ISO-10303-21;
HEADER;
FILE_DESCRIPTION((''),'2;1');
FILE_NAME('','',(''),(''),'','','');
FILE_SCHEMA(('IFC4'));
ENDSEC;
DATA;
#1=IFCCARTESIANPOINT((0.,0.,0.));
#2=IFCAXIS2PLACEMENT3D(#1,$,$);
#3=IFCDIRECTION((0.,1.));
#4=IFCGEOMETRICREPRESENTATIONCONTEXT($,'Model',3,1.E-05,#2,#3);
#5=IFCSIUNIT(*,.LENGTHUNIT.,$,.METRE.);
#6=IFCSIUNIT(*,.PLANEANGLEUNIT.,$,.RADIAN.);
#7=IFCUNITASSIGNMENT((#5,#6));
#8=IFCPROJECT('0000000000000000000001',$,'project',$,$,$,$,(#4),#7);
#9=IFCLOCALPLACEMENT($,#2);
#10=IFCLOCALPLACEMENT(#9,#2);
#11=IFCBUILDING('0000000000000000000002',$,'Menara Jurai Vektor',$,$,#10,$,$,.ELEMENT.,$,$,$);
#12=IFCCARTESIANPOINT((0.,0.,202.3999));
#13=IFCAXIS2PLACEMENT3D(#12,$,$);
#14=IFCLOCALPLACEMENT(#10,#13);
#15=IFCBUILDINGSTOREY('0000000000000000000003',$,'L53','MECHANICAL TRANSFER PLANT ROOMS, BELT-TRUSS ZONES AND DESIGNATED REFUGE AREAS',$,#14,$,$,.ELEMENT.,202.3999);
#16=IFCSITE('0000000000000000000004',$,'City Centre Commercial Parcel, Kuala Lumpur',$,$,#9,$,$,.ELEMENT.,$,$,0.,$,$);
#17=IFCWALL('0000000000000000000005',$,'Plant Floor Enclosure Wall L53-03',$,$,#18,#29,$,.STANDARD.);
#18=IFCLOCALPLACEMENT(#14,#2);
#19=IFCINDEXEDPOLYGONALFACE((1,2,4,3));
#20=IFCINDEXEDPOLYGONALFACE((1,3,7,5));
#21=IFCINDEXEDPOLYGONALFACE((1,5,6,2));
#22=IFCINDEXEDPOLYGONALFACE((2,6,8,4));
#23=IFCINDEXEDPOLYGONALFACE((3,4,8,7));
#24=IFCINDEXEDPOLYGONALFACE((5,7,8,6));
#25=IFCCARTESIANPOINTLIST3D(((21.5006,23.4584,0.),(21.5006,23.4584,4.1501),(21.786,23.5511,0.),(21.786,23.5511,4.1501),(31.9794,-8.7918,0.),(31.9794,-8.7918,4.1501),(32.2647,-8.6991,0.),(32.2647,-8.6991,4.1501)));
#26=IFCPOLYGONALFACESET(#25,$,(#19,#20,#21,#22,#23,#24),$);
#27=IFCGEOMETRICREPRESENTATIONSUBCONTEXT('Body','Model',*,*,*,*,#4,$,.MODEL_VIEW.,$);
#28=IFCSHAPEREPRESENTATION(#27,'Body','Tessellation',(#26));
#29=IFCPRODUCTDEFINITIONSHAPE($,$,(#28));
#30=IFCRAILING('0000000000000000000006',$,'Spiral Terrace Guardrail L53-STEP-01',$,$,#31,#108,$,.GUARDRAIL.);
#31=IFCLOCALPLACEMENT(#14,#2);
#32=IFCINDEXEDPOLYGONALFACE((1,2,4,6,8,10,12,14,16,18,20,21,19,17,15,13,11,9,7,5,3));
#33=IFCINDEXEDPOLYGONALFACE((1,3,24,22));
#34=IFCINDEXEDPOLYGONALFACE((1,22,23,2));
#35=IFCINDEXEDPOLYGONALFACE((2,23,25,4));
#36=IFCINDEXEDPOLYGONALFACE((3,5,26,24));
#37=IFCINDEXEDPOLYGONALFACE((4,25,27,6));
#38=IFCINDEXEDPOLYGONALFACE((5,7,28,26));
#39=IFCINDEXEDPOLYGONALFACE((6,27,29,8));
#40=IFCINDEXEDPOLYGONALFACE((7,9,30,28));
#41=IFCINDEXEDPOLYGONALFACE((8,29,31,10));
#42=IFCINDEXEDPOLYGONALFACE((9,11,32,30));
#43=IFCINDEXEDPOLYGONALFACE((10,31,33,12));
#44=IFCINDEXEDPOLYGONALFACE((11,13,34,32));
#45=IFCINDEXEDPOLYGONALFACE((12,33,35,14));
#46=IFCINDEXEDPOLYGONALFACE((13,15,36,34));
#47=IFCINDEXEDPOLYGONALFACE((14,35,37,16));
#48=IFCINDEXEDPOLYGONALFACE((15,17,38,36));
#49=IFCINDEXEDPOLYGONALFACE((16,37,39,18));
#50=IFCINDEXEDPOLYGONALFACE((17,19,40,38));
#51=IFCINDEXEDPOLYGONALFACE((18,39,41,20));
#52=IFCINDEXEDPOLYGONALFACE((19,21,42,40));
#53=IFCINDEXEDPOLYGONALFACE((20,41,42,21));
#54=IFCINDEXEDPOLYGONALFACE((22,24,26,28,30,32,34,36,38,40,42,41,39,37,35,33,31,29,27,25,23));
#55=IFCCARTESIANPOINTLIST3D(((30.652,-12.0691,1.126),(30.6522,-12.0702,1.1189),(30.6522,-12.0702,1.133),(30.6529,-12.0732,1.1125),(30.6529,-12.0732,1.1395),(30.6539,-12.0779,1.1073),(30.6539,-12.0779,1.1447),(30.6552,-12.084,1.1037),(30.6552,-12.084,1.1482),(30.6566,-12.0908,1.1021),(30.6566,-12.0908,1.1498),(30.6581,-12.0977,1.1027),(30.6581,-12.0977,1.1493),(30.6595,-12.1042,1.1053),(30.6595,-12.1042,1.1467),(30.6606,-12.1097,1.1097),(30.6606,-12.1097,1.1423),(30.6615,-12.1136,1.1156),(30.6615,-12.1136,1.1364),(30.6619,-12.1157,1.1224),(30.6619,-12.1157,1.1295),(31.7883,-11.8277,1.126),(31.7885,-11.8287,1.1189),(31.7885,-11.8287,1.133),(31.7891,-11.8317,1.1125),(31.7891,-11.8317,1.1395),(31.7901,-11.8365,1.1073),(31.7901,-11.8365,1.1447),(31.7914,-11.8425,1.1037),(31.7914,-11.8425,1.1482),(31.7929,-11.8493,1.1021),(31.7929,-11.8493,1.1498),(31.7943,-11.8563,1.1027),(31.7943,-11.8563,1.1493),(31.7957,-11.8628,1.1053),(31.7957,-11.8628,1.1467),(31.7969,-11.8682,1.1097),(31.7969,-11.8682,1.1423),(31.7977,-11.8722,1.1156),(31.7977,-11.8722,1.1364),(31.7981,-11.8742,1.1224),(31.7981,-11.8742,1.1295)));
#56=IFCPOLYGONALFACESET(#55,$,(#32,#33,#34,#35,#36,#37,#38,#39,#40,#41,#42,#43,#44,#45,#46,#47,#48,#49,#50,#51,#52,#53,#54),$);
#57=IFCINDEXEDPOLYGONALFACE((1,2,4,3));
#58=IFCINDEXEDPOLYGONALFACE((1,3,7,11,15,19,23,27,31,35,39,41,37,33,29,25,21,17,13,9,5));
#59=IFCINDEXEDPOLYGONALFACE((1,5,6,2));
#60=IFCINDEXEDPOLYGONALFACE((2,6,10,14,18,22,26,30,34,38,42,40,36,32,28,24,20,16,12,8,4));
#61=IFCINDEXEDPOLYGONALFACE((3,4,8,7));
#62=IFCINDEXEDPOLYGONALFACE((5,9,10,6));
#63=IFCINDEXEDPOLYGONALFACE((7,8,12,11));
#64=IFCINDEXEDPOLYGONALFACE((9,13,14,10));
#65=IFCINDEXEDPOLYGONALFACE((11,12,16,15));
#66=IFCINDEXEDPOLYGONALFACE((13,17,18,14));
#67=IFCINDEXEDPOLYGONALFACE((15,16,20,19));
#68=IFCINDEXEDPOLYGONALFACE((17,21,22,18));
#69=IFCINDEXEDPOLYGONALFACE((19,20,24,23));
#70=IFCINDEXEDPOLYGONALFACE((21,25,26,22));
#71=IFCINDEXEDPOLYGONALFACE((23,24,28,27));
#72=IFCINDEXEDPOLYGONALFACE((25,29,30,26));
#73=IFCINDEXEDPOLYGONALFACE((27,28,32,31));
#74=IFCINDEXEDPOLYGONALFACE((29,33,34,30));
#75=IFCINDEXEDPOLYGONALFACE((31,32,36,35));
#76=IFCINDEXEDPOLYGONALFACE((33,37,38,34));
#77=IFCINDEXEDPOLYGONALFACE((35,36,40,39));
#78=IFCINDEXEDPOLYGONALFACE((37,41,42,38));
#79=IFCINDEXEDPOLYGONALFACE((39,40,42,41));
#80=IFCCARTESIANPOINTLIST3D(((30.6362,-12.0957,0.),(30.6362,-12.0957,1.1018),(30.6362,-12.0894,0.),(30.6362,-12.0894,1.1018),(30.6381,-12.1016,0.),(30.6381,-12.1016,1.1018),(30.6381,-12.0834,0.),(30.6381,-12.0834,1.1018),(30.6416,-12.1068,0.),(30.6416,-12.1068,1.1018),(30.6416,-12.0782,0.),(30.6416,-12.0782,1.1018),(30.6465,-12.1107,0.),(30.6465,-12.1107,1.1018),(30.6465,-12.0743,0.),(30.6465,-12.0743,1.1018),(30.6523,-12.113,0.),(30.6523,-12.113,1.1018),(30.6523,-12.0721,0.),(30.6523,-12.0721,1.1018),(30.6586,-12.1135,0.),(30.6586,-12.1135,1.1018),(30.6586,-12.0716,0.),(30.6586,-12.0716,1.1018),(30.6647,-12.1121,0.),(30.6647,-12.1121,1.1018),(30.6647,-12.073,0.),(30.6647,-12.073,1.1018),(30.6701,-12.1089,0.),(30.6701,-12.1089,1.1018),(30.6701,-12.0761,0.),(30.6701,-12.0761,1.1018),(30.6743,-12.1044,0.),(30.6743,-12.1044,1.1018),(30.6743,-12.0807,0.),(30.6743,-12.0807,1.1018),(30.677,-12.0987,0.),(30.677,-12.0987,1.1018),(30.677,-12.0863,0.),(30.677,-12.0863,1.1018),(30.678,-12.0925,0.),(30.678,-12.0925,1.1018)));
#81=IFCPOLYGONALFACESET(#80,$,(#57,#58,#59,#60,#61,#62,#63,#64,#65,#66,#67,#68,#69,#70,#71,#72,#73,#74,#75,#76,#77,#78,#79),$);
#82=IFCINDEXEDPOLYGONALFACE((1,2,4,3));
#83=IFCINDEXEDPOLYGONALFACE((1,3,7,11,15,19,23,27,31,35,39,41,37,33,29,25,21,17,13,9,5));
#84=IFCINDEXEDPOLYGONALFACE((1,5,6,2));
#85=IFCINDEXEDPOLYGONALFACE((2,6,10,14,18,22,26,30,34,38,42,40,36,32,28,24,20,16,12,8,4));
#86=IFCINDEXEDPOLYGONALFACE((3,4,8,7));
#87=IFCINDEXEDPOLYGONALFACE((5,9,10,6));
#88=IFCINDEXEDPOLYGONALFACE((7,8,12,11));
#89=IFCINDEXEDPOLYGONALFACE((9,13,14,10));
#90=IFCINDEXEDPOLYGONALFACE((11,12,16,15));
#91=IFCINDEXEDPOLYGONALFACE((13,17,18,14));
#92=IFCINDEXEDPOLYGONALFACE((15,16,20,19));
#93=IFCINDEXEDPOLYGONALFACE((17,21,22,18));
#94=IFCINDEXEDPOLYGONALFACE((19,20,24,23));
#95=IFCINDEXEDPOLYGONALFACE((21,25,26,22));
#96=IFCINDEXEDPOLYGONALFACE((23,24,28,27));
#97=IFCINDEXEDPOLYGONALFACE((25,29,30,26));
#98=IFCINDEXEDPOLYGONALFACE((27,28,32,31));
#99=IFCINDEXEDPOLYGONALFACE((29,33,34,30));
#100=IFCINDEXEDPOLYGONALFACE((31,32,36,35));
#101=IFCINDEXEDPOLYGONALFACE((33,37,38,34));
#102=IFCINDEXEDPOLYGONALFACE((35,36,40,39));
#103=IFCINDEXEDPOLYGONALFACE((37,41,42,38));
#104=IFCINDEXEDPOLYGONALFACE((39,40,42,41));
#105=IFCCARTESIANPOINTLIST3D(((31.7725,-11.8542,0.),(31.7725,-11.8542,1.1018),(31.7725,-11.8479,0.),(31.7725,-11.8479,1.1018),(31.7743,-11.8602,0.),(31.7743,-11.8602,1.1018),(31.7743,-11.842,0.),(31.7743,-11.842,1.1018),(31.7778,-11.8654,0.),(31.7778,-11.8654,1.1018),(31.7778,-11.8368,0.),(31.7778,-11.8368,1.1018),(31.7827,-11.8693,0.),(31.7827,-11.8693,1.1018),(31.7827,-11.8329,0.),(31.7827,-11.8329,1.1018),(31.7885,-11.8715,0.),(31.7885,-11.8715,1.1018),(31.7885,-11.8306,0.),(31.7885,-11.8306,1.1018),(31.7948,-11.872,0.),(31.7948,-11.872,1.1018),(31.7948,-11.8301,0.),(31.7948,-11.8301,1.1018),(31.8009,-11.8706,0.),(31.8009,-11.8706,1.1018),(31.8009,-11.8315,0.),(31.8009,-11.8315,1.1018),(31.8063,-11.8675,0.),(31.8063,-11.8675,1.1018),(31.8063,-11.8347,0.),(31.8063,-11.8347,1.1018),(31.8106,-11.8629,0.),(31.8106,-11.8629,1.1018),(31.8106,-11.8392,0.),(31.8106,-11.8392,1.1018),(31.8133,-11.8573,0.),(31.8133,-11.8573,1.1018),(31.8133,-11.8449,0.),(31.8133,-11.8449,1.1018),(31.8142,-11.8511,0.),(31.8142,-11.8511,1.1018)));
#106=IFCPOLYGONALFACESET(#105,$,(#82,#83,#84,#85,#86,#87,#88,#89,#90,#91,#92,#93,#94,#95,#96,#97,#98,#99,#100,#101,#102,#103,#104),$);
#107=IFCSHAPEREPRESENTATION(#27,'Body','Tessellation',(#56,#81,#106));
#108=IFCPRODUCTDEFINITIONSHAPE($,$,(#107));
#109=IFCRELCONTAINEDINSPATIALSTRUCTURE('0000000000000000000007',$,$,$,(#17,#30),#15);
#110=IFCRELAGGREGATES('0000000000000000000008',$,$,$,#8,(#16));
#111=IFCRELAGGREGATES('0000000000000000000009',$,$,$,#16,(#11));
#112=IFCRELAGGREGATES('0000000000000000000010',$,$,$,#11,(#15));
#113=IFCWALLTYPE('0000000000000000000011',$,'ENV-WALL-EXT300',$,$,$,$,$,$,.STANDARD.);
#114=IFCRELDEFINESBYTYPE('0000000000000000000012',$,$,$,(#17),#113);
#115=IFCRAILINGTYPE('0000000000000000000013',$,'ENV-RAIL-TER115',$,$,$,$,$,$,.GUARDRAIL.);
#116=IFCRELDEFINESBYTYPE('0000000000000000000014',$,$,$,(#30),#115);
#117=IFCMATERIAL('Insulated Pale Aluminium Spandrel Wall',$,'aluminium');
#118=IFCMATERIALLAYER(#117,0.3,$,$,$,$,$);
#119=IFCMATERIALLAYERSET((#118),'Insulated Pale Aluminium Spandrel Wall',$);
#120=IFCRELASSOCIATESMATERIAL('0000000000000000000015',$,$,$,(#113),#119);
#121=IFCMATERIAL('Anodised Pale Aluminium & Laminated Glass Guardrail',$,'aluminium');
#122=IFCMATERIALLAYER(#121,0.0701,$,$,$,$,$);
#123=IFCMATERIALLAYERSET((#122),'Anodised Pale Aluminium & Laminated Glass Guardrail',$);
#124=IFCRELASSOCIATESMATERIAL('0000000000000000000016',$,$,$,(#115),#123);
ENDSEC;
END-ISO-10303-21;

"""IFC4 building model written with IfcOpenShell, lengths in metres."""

from ifc_helpers import new_model, si_unit, direction, frame, frame_2d, origin, origin_2d, place, context, subcontext, project, spatial, rectangle, circle, extrude, material, layer, layer_set, type_object, element, save


model = new_model("IFC4")

# Units and contexts
model_context = context("Model", 3, precision=1e-05, world=origin(), true_north=direction((0.0, 1.0)))
body_context = subcontext(model_context, "Body", "Model", "MODEL_VIEW")
ifc_project = project(units=[si_unit("LENGTHUNIT", "METRE"), si_unit("PLANEANGLEUNIT", "RADIAN")], contexts=[model_context])

# Site, building, storey
site_placement = place(None, origin())
site = spatial("IfcSite", under=ifc_project, at=site_placement, Name="City Centre Commercial Parcel, Kuala Lumpur", CompositionType="ELEMENT", RefElevation=0.0)
building_placement = place(site_placement, origin())
building = spatial("IfcBuilding", under=site, at=building_placement, Name="Menara Jurai Vektor", CompositionType="ELEMENT")
storey_placement = place(building_placement, frame((0.0, 0.0, 202.3999)))
storey = spatial("IfcBuildingStorey", under=building, at=storey_placement, Name="L53", Description="MECHANICAL TRANSFER PLANT ROOMS, BELT-TRUSS ZONES AND DESIGNATED REFUGE AREAS", CompositionType="ELEMENT", Elevation=202.3999)

# Wall
ifc_material_1 = material(Name="Insulated Pale Aluminium Spandrel Wall", Category="aluminium")
ifc_layer_1 = layer(ifc_material_1, 0.3)
ifc_layer_set_1 = layer_set([ifc_layer_1], Name="Insulated Pale Aluminium Spandrel Wall")
wall_type = type_object("IfcWallType", Name="ENV-WALL-EXT300", PredefinedType="STANDARD", material=ifc_layer_set_1)
wall_1_placement = place(storey_placement, frame((32.1221, -8.7456, 0.0), z_axis=(0.0, 0.0, 1.0), x_axis=(-0.309018, 0.951056, 0.0)))
element("IfcWall", 1, at=wall_1_placement, inside=storey, type_object=wall_type, Name="Plant Floor Enclosure Wall L53-03", PredefinedType="STANDARD", context=body_context, shape_type="SweptSolid", body=[
    extrude(rectangle(XDim=33.9099, YDim=0.3, at=frame_2d((16.9551, 0.0))), origin(), (0.0, 0.0, 1.0), 4.1501),
])

# Railing
ifc_material_2 = material(Name="Anodised Pale Aluminium & Laminated Glass Guardrail", Category="aluminium")
ifc_layer_2 = layer(ifc_material_2, 0.0701)
ifc_layer_set_2 = layer_set([ifc_layer_2], Name="Anodised Pale Aluminium & Laminated Glass Guardrail")
railing_type = type_object("IfcRailingType", Name="ENV-RAIL-TER115", PredefinedType="GUARDRAIL", material=ifc_layer_set_2)
railing_1_placement = place(storey_placement, frame((30.657, -12.0925, 0.0)))
element("IfcRailing", 2, at=railing_1_placement, inside=storey, type_object=railing_type, Name="Spiral Terrace Guardrail L53-STEP-01", PredefinedType="GUARDRAIL", context=body_context, shape_type="SweptSolid", body=[
    extrude(circle(Radius=0.0239, at=origin_2d()), frame((0.0, 0.0, 1.126), z_axis=(0.978158, 0.207864, 0.0), x_axis=(-0.207864, 0.978158, 0.0)), (0.0, 0.0, 1.0), 1.1616),
    extrude(circle(Radius=0.021, at=origin_2d()), origin(), (0.0, 0.0, 1.0), 1.1018),
    extrude(circle(Radius=0.021, at=origin_2d()), frame((1.1362, 0.2415, 0.0)), (0.0, 0.0, 1.0), 1.1018),
])

save(model, "model.ifc")
